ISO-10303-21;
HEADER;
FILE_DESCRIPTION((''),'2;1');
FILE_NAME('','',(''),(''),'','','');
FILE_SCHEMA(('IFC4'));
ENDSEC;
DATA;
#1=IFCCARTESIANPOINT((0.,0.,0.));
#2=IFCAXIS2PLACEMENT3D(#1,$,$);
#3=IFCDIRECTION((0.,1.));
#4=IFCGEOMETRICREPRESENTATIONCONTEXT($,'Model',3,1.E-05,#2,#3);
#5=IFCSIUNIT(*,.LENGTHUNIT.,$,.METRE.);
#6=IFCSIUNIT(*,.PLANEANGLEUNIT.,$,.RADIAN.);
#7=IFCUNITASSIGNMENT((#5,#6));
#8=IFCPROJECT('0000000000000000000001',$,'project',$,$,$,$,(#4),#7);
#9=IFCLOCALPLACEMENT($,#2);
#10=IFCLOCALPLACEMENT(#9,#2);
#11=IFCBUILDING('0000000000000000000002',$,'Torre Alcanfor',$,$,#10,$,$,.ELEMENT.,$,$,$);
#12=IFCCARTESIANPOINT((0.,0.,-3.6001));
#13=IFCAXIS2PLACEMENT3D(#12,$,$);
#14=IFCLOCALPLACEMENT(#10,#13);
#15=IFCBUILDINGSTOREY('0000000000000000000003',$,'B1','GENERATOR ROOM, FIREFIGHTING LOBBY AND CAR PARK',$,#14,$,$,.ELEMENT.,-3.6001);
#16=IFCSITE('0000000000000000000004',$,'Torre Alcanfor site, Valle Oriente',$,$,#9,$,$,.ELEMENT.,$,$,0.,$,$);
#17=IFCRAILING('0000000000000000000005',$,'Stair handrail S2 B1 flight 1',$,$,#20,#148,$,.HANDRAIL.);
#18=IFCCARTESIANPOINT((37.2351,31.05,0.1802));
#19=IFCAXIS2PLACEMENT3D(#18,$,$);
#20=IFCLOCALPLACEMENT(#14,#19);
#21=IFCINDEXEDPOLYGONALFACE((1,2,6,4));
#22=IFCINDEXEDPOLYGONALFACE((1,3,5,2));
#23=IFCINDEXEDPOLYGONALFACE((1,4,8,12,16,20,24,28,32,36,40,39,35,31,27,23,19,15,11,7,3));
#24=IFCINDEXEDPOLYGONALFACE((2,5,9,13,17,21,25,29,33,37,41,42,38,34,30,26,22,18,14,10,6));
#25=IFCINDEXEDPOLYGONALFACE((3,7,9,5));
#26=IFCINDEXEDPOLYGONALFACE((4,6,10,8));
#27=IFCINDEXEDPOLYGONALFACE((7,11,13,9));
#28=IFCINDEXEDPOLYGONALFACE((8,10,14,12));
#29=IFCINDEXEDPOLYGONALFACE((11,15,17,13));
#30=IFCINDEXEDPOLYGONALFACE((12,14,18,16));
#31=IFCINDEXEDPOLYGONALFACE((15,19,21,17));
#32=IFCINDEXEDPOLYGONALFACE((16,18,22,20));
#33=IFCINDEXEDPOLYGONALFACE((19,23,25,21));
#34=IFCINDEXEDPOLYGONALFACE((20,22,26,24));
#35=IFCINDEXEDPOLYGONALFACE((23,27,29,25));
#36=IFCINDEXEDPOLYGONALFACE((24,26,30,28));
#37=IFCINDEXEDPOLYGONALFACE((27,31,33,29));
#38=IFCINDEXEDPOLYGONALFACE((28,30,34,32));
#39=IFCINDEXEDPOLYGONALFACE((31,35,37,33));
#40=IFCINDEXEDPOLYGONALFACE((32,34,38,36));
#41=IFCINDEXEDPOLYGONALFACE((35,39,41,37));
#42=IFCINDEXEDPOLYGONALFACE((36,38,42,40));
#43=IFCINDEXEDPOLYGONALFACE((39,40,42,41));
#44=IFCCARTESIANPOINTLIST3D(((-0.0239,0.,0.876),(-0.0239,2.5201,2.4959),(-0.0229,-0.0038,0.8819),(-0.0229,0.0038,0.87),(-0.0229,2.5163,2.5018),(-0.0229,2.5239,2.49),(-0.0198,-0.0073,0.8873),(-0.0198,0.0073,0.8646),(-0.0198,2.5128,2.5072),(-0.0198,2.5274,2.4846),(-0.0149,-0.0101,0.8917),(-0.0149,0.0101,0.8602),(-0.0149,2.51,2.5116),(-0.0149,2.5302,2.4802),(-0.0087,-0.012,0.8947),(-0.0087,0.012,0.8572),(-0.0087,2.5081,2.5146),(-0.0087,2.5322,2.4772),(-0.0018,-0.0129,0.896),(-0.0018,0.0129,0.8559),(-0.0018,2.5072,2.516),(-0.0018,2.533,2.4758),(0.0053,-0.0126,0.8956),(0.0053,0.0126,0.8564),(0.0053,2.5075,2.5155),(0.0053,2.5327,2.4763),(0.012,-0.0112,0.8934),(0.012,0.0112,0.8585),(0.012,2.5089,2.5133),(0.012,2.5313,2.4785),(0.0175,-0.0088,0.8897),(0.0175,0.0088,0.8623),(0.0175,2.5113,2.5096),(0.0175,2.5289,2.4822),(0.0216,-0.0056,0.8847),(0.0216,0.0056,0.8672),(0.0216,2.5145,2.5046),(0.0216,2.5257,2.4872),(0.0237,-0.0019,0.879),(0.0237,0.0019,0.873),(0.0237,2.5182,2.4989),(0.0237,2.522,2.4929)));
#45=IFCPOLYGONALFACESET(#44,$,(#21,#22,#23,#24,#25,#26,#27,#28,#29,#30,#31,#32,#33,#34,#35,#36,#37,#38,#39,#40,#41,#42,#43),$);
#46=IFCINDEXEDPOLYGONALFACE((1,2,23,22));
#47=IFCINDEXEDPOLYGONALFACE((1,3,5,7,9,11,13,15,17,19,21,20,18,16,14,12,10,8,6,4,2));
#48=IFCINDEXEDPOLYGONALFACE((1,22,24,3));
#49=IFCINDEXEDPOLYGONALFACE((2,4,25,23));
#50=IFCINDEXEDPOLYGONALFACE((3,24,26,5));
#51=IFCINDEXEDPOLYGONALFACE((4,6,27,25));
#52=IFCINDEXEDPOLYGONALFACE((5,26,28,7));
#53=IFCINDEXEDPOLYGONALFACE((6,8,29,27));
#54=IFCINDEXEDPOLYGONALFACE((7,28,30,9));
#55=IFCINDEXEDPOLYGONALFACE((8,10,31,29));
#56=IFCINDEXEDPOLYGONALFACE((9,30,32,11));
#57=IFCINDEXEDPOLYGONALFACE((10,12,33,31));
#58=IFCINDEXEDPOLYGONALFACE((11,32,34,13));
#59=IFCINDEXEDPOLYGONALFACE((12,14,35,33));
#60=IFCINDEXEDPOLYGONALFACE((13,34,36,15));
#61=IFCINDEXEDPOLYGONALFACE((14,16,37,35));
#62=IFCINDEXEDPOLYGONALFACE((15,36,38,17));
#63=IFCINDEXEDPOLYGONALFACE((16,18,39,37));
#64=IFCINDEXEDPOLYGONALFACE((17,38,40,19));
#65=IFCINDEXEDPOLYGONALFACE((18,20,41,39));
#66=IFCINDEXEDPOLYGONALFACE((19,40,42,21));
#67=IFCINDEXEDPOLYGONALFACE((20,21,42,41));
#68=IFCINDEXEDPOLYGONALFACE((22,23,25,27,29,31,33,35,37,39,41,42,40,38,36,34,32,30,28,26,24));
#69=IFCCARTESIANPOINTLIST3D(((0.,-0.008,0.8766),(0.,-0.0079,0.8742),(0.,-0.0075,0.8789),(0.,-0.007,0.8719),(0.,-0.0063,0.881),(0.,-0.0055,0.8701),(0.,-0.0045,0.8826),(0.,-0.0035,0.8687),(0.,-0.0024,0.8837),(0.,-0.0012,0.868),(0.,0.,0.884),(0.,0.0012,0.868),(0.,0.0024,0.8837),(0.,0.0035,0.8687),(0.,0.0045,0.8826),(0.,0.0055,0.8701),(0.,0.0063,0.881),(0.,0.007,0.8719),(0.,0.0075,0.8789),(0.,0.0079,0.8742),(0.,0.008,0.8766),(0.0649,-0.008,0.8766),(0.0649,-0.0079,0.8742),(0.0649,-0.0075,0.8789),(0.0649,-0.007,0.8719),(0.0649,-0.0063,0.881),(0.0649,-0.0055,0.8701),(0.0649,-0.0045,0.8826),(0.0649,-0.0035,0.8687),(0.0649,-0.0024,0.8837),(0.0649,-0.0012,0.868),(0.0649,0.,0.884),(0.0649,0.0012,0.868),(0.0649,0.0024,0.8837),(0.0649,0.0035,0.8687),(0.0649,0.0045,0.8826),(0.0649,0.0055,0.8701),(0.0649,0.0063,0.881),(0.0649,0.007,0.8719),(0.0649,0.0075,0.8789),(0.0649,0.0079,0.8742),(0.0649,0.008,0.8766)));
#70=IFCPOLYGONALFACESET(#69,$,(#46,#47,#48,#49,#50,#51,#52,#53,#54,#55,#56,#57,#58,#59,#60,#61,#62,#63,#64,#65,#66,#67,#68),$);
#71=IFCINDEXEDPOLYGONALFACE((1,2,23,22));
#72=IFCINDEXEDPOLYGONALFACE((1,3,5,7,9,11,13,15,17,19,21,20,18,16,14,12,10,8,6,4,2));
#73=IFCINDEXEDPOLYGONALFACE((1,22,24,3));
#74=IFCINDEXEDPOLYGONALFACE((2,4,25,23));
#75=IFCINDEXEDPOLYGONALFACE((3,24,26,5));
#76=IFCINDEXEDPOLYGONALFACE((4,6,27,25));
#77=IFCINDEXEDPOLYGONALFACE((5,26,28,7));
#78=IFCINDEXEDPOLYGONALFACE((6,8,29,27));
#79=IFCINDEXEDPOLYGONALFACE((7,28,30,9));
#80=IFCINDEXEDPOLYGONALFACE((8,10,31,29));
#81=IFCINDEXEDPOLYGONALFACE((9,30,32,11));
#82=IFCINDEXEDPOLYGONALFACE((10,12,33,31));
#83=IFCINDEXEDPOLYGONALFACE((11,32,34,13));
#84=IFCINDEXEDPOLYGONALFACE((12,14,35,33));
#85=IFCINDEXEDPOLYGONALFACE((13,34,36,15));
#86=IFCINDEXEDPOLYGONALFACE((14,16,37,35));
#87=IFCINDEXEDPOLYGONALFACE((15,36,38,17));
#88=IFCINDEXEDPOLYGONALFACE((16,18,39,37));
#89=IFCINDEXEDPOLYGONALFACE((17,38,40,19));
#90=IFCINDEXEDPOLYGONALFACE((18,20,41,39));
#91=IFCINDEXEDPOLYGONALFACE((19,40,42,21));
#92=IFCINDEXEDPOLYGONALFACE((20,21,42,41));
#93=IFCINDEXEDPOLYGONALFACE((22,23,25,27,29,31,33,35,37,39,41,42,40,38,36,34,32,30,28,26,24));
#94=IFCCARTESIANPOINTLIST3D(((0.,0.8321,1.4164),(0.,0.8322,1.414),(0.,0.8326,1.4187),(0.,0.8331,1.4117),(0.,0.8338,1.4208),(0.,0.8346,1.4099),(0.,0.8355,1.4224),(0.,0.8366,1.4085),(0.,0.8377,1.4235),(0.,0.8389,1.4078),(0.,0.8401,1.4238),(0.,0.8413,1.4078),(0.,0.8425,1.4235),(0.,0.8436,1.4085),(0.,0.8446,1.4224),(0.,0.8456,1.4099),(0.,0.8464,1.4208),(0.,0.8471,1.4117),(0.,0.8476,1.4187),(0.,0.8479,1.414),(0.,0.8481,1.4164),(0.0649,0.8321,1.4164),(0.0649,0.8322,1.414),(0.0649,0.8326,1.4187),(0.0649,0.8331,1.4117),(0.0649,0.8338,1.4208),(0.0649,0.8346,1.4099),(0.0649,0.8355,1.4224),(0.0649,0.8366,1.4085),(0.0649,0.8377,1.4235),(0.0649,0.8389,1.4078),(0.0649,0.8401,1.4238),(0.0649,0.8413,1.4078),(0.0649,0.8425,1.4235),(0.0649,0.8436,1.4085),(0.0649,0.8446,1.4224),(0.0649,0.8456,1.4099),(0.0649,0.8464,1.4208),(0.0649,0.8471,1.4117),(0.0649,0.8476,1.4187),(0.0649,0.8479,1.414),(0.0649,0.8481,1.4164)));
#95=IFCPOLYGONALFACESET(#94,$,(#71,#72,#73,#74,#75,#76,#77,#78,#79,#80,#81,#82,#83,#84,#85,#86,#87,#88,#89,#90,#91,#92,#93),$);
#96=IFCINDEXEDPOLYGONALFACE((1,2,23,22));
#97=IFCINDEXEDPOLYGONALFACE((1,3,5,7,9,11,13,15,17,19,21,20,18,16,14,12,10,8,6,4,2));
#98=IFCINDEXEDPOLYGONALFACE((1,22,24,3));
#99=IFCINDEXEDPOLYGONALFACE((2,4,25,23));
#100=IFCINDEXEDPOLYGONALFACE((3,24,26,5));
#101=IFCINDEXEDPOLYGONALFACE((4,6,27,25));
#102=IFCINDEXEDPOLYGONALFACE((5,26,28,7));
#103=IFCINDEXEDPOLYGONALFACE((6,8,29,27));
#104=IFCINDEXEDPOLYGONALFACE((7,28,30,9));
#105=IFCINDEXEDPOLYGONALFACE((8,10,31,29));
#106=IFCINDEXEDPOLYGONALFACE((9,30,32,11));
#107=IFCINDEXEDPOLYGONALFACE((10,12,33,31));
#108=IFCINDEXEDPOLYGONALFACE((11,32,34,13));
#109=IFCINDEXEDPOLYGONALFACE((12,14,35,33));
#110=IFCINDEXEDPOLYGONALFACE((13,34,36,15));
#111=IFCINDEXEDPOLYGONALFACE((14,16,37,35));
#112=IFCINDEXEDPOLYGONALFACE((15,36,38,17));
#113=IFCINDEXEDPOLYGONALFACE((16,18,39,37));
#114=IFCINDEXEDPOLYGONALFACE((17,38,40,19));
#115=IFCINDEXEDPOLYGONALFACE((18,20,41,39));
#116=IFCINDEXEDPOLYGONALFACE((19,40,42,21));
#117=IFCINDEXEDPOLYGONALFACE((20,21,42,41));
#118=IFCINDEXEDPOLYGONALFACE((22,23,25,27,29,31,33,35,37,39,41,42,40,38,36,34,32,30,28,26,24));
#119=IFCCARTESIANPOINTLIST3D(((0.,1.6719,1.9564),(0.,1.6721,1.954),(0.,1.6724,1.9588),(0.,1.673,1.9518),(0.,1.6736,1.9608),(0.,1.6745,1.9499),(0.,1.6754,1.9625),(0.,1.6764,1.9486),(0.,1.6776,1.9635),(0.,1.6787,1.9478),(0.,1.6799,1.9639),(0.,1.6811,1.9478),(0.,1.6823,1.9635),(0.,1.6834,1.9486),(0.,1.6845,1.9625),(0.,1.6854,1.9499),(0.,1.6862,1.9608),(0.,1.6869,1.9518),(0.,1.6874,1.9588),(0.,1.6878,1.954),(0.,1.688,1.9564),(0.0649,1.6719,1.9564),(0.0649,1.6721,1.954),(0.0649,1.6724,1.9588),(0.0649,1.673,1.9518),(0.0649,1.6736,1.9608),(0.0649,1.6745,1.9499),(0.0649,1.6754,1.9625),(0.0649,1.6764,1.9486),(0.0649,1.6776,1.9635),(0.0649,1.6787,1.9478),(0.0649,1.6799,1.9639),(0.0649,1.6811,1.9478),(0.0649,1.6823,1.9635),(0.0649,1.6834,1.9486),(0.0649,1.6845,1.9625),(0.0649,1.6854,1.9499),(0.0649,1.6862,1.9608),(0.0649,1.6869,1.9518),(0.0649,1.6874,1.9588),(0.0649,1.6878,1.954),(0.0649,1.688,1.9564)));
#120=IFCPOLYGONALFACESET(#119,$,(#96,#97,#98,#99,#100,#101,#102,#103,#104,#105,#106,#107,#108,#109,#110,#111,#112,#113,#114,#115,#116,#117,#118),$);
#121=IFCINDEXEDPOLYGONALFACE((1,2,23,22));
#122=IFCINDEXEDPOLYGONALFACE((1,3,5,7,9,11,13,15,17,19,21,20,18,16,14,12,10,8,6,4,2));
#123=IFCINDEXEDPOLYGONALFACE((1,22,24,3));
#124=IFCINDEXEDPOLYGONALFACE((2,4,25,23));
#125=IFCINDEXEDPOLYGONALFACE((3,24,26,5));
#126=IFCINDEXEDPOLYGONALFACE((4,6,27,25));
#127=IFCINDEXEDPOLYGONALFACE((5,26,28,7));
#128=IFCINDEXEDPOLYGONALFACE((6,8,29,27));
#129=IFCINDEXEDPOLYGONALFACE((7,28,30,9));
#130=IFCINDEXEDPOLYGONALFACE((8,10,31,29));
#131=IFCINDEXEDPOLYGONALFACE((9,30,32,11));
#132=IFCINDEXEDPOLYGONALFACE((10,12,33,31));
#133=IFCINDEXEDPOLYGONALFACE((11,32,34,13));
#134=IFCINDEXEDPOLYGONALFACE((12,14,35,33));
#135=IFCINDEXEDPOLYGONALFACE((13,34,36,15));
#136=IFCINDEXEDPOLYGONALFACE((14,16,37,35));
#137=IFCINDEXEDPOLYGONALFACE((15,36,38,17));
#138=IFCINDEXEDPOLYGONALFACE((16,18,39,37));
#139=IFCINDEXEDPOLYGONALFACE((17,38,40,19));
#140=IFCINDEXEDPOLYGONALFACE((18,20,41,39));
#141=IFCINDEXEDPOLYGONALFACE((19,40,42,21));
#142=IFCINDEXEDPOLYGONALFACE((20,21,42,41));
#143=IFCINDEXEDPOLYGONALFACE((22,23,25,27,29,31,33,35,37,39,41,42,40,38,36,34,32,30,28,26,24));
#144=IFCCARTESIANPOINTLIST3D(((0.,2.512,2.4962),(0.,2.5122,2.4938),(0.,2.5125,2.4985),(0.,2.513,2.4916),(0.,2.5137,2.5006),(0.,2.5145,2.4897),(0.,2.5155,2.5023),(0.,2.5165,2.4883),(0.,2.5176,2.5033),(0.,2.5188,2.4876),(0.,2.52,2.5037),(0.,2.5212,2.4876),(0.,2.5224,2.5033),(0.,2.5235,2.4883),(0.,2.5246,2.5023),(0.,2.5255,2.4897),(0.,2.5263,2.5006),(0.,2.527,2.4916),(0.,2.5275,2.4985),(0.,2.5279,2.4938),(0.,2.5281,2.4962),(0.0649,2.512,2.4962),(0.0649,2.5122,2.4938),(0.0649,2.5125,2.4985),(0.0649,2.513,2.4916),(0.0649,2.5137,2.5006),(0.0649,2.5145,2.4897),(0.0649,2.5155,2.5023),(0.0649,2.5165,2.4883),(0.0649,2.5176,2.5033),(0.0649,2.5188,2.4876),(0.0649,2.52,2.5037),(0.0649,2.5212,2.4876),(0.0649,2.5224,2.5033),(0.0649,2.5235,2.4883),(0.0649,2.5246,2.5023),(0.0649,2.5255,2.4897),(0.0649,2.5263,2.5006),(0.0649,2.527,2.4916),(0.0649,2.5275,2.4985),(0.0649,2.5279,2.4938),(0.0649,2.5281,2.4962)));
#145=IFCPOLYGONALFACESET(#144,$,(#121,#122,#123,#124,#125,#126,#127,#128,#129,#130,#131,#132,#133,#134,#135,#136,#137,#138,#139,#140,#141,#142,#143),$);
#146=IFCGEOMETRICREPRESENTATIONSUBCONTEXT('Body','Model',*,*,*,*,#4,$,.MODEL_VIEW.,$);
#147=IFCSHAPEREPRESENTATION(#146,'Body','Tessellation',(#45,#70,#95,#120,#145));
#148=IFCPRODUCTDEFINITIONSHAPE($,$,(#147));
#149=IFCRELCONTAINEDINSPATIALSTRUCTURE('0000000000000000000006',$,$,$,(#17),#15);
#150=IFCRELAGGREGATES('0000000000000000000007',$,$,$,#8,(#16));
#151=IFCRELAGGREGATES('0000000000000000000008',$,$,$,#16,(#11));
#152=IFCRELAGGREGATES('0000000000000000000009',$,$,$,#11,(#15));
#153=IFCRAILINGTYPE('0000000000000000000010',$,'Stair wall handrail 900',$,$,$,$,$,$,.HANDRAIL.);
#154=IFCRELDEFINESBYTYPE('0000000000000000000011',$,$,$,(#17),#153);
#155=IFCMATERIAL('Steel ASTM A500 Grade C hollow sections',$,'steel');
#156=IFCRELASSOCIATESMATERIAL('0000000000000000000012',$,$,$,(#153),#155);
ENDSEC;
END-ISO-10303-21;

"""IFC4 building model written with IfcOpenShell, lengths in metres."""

from ifc_helpers import new_model, si_unit, direction, frame, origin, origin_2d, place, context, subcontext, project, spatial, circle, extrude, material, type_object, element, save


model = new_model("IFC4")

# Units and contexts
model_context = context("Model", 3, precision=1e-05, world=origin(), true_north=direction((0.0, 1.0)))
body_context = subcontext(model_context, "Body", "Model", "MODEL_VIEW")
ifc_project = project(units=[si_unit("LENGTHUNIT", "METRE"), si_unit("PLANEANGLEUNIT", "RADIAN")], contexts=[model_context])

# Site, building, storey
site_placement = place(None, origin())
site = spatial("IfcSite", under=ifc_project, at=site_placement, Name="Torre Alcanfor site, Valle Oriente", CompositionType="ELEMENT", RefElevation=0.0)
building_placement = place(site_placement, origin())
building = spatial("IfcBuilding", under=site, at=building_placement, Name="Torre Alcanfor", CompositionType="ELEMENT")
storey_placement = place(building_placement, frame((0.0, 0.0, -3.6001)))
storey = spatial("IfcBuildingStorey", under=building, at=storey_placement, Name="B1", Description="GENERATOR ROOM, FIREFIGHTING LOBBY AND CAR PARK", CompositionType="ELEMENT", Elevation=-3.6001)

# Railing
ifc_material_1 = material(Name="Steel ASTM A500 Grade C hollow sections", Category="steel")
railing_type_1 = type_object("IfcRailingType", Name="Stair wall handrail 900", PredefinedType="HANDRAIL", material=ifc_material_1)
railing_1_placement = place(storey_placement, frame((37.2351, 31.05, 0.1802)))
element("IfcRailing", 1, at=railing_1_placement, inside=storey, type_object=railing_type_1, Name="Stair handrail S2 B1 flight 1", PredefinedType="HANDRAIL", context=body_context, shape_type="SweptSolid", body=[
    extrude(circle(Radius=0.0239, at=origin_2d()), frame((0.0, 0.0, 0.876), z_axis=(0.0, 0.8412, 0.540725), x_axis=(-1.0, 0.0, 0.0)), (0.0, 0.0, 1.0), 2.9958),
    extrude(circle(Radius=0.0081, at=origin_2d()), frame((0.0, 0.0, 0.876), z_axis=(1.0, 0.0, 0.0), x_axis=(0.0, 0.0, 1.0)), (0.0, 0.0, 1.0), 0.0649),
    extrude(circle(Radius=0.0081, at=origin_2d()), frame((0.0, 0.8401, 1.4158), z_axis=(1.0, 0.0, 0.0), x_axis=(0.0, 0.0, 1.0)), (0.0, 0.0, 1.0), 0.0649),
    extrude(circle(Radius=0.0081, at=origin_2d()), frame((0.0, 1.6799, 1.9558), z_axis=(1.0, 0.0, 0.0), x_axis=(0.0, 0.0, 1.0)), (0.0, 0.0, 1.0), 0.0649),
    extrude(circle(Radius=0.0081, at=origin_2d()), frame((0.0, 2.52, 2.4956), z_axis=(1.0, 0.0, 0.0), x_axis=(0.0, 0.0, 1.0)), (0.0, 0.0, 1.0), 0.0649),
])

save(model, "model.ifc")
